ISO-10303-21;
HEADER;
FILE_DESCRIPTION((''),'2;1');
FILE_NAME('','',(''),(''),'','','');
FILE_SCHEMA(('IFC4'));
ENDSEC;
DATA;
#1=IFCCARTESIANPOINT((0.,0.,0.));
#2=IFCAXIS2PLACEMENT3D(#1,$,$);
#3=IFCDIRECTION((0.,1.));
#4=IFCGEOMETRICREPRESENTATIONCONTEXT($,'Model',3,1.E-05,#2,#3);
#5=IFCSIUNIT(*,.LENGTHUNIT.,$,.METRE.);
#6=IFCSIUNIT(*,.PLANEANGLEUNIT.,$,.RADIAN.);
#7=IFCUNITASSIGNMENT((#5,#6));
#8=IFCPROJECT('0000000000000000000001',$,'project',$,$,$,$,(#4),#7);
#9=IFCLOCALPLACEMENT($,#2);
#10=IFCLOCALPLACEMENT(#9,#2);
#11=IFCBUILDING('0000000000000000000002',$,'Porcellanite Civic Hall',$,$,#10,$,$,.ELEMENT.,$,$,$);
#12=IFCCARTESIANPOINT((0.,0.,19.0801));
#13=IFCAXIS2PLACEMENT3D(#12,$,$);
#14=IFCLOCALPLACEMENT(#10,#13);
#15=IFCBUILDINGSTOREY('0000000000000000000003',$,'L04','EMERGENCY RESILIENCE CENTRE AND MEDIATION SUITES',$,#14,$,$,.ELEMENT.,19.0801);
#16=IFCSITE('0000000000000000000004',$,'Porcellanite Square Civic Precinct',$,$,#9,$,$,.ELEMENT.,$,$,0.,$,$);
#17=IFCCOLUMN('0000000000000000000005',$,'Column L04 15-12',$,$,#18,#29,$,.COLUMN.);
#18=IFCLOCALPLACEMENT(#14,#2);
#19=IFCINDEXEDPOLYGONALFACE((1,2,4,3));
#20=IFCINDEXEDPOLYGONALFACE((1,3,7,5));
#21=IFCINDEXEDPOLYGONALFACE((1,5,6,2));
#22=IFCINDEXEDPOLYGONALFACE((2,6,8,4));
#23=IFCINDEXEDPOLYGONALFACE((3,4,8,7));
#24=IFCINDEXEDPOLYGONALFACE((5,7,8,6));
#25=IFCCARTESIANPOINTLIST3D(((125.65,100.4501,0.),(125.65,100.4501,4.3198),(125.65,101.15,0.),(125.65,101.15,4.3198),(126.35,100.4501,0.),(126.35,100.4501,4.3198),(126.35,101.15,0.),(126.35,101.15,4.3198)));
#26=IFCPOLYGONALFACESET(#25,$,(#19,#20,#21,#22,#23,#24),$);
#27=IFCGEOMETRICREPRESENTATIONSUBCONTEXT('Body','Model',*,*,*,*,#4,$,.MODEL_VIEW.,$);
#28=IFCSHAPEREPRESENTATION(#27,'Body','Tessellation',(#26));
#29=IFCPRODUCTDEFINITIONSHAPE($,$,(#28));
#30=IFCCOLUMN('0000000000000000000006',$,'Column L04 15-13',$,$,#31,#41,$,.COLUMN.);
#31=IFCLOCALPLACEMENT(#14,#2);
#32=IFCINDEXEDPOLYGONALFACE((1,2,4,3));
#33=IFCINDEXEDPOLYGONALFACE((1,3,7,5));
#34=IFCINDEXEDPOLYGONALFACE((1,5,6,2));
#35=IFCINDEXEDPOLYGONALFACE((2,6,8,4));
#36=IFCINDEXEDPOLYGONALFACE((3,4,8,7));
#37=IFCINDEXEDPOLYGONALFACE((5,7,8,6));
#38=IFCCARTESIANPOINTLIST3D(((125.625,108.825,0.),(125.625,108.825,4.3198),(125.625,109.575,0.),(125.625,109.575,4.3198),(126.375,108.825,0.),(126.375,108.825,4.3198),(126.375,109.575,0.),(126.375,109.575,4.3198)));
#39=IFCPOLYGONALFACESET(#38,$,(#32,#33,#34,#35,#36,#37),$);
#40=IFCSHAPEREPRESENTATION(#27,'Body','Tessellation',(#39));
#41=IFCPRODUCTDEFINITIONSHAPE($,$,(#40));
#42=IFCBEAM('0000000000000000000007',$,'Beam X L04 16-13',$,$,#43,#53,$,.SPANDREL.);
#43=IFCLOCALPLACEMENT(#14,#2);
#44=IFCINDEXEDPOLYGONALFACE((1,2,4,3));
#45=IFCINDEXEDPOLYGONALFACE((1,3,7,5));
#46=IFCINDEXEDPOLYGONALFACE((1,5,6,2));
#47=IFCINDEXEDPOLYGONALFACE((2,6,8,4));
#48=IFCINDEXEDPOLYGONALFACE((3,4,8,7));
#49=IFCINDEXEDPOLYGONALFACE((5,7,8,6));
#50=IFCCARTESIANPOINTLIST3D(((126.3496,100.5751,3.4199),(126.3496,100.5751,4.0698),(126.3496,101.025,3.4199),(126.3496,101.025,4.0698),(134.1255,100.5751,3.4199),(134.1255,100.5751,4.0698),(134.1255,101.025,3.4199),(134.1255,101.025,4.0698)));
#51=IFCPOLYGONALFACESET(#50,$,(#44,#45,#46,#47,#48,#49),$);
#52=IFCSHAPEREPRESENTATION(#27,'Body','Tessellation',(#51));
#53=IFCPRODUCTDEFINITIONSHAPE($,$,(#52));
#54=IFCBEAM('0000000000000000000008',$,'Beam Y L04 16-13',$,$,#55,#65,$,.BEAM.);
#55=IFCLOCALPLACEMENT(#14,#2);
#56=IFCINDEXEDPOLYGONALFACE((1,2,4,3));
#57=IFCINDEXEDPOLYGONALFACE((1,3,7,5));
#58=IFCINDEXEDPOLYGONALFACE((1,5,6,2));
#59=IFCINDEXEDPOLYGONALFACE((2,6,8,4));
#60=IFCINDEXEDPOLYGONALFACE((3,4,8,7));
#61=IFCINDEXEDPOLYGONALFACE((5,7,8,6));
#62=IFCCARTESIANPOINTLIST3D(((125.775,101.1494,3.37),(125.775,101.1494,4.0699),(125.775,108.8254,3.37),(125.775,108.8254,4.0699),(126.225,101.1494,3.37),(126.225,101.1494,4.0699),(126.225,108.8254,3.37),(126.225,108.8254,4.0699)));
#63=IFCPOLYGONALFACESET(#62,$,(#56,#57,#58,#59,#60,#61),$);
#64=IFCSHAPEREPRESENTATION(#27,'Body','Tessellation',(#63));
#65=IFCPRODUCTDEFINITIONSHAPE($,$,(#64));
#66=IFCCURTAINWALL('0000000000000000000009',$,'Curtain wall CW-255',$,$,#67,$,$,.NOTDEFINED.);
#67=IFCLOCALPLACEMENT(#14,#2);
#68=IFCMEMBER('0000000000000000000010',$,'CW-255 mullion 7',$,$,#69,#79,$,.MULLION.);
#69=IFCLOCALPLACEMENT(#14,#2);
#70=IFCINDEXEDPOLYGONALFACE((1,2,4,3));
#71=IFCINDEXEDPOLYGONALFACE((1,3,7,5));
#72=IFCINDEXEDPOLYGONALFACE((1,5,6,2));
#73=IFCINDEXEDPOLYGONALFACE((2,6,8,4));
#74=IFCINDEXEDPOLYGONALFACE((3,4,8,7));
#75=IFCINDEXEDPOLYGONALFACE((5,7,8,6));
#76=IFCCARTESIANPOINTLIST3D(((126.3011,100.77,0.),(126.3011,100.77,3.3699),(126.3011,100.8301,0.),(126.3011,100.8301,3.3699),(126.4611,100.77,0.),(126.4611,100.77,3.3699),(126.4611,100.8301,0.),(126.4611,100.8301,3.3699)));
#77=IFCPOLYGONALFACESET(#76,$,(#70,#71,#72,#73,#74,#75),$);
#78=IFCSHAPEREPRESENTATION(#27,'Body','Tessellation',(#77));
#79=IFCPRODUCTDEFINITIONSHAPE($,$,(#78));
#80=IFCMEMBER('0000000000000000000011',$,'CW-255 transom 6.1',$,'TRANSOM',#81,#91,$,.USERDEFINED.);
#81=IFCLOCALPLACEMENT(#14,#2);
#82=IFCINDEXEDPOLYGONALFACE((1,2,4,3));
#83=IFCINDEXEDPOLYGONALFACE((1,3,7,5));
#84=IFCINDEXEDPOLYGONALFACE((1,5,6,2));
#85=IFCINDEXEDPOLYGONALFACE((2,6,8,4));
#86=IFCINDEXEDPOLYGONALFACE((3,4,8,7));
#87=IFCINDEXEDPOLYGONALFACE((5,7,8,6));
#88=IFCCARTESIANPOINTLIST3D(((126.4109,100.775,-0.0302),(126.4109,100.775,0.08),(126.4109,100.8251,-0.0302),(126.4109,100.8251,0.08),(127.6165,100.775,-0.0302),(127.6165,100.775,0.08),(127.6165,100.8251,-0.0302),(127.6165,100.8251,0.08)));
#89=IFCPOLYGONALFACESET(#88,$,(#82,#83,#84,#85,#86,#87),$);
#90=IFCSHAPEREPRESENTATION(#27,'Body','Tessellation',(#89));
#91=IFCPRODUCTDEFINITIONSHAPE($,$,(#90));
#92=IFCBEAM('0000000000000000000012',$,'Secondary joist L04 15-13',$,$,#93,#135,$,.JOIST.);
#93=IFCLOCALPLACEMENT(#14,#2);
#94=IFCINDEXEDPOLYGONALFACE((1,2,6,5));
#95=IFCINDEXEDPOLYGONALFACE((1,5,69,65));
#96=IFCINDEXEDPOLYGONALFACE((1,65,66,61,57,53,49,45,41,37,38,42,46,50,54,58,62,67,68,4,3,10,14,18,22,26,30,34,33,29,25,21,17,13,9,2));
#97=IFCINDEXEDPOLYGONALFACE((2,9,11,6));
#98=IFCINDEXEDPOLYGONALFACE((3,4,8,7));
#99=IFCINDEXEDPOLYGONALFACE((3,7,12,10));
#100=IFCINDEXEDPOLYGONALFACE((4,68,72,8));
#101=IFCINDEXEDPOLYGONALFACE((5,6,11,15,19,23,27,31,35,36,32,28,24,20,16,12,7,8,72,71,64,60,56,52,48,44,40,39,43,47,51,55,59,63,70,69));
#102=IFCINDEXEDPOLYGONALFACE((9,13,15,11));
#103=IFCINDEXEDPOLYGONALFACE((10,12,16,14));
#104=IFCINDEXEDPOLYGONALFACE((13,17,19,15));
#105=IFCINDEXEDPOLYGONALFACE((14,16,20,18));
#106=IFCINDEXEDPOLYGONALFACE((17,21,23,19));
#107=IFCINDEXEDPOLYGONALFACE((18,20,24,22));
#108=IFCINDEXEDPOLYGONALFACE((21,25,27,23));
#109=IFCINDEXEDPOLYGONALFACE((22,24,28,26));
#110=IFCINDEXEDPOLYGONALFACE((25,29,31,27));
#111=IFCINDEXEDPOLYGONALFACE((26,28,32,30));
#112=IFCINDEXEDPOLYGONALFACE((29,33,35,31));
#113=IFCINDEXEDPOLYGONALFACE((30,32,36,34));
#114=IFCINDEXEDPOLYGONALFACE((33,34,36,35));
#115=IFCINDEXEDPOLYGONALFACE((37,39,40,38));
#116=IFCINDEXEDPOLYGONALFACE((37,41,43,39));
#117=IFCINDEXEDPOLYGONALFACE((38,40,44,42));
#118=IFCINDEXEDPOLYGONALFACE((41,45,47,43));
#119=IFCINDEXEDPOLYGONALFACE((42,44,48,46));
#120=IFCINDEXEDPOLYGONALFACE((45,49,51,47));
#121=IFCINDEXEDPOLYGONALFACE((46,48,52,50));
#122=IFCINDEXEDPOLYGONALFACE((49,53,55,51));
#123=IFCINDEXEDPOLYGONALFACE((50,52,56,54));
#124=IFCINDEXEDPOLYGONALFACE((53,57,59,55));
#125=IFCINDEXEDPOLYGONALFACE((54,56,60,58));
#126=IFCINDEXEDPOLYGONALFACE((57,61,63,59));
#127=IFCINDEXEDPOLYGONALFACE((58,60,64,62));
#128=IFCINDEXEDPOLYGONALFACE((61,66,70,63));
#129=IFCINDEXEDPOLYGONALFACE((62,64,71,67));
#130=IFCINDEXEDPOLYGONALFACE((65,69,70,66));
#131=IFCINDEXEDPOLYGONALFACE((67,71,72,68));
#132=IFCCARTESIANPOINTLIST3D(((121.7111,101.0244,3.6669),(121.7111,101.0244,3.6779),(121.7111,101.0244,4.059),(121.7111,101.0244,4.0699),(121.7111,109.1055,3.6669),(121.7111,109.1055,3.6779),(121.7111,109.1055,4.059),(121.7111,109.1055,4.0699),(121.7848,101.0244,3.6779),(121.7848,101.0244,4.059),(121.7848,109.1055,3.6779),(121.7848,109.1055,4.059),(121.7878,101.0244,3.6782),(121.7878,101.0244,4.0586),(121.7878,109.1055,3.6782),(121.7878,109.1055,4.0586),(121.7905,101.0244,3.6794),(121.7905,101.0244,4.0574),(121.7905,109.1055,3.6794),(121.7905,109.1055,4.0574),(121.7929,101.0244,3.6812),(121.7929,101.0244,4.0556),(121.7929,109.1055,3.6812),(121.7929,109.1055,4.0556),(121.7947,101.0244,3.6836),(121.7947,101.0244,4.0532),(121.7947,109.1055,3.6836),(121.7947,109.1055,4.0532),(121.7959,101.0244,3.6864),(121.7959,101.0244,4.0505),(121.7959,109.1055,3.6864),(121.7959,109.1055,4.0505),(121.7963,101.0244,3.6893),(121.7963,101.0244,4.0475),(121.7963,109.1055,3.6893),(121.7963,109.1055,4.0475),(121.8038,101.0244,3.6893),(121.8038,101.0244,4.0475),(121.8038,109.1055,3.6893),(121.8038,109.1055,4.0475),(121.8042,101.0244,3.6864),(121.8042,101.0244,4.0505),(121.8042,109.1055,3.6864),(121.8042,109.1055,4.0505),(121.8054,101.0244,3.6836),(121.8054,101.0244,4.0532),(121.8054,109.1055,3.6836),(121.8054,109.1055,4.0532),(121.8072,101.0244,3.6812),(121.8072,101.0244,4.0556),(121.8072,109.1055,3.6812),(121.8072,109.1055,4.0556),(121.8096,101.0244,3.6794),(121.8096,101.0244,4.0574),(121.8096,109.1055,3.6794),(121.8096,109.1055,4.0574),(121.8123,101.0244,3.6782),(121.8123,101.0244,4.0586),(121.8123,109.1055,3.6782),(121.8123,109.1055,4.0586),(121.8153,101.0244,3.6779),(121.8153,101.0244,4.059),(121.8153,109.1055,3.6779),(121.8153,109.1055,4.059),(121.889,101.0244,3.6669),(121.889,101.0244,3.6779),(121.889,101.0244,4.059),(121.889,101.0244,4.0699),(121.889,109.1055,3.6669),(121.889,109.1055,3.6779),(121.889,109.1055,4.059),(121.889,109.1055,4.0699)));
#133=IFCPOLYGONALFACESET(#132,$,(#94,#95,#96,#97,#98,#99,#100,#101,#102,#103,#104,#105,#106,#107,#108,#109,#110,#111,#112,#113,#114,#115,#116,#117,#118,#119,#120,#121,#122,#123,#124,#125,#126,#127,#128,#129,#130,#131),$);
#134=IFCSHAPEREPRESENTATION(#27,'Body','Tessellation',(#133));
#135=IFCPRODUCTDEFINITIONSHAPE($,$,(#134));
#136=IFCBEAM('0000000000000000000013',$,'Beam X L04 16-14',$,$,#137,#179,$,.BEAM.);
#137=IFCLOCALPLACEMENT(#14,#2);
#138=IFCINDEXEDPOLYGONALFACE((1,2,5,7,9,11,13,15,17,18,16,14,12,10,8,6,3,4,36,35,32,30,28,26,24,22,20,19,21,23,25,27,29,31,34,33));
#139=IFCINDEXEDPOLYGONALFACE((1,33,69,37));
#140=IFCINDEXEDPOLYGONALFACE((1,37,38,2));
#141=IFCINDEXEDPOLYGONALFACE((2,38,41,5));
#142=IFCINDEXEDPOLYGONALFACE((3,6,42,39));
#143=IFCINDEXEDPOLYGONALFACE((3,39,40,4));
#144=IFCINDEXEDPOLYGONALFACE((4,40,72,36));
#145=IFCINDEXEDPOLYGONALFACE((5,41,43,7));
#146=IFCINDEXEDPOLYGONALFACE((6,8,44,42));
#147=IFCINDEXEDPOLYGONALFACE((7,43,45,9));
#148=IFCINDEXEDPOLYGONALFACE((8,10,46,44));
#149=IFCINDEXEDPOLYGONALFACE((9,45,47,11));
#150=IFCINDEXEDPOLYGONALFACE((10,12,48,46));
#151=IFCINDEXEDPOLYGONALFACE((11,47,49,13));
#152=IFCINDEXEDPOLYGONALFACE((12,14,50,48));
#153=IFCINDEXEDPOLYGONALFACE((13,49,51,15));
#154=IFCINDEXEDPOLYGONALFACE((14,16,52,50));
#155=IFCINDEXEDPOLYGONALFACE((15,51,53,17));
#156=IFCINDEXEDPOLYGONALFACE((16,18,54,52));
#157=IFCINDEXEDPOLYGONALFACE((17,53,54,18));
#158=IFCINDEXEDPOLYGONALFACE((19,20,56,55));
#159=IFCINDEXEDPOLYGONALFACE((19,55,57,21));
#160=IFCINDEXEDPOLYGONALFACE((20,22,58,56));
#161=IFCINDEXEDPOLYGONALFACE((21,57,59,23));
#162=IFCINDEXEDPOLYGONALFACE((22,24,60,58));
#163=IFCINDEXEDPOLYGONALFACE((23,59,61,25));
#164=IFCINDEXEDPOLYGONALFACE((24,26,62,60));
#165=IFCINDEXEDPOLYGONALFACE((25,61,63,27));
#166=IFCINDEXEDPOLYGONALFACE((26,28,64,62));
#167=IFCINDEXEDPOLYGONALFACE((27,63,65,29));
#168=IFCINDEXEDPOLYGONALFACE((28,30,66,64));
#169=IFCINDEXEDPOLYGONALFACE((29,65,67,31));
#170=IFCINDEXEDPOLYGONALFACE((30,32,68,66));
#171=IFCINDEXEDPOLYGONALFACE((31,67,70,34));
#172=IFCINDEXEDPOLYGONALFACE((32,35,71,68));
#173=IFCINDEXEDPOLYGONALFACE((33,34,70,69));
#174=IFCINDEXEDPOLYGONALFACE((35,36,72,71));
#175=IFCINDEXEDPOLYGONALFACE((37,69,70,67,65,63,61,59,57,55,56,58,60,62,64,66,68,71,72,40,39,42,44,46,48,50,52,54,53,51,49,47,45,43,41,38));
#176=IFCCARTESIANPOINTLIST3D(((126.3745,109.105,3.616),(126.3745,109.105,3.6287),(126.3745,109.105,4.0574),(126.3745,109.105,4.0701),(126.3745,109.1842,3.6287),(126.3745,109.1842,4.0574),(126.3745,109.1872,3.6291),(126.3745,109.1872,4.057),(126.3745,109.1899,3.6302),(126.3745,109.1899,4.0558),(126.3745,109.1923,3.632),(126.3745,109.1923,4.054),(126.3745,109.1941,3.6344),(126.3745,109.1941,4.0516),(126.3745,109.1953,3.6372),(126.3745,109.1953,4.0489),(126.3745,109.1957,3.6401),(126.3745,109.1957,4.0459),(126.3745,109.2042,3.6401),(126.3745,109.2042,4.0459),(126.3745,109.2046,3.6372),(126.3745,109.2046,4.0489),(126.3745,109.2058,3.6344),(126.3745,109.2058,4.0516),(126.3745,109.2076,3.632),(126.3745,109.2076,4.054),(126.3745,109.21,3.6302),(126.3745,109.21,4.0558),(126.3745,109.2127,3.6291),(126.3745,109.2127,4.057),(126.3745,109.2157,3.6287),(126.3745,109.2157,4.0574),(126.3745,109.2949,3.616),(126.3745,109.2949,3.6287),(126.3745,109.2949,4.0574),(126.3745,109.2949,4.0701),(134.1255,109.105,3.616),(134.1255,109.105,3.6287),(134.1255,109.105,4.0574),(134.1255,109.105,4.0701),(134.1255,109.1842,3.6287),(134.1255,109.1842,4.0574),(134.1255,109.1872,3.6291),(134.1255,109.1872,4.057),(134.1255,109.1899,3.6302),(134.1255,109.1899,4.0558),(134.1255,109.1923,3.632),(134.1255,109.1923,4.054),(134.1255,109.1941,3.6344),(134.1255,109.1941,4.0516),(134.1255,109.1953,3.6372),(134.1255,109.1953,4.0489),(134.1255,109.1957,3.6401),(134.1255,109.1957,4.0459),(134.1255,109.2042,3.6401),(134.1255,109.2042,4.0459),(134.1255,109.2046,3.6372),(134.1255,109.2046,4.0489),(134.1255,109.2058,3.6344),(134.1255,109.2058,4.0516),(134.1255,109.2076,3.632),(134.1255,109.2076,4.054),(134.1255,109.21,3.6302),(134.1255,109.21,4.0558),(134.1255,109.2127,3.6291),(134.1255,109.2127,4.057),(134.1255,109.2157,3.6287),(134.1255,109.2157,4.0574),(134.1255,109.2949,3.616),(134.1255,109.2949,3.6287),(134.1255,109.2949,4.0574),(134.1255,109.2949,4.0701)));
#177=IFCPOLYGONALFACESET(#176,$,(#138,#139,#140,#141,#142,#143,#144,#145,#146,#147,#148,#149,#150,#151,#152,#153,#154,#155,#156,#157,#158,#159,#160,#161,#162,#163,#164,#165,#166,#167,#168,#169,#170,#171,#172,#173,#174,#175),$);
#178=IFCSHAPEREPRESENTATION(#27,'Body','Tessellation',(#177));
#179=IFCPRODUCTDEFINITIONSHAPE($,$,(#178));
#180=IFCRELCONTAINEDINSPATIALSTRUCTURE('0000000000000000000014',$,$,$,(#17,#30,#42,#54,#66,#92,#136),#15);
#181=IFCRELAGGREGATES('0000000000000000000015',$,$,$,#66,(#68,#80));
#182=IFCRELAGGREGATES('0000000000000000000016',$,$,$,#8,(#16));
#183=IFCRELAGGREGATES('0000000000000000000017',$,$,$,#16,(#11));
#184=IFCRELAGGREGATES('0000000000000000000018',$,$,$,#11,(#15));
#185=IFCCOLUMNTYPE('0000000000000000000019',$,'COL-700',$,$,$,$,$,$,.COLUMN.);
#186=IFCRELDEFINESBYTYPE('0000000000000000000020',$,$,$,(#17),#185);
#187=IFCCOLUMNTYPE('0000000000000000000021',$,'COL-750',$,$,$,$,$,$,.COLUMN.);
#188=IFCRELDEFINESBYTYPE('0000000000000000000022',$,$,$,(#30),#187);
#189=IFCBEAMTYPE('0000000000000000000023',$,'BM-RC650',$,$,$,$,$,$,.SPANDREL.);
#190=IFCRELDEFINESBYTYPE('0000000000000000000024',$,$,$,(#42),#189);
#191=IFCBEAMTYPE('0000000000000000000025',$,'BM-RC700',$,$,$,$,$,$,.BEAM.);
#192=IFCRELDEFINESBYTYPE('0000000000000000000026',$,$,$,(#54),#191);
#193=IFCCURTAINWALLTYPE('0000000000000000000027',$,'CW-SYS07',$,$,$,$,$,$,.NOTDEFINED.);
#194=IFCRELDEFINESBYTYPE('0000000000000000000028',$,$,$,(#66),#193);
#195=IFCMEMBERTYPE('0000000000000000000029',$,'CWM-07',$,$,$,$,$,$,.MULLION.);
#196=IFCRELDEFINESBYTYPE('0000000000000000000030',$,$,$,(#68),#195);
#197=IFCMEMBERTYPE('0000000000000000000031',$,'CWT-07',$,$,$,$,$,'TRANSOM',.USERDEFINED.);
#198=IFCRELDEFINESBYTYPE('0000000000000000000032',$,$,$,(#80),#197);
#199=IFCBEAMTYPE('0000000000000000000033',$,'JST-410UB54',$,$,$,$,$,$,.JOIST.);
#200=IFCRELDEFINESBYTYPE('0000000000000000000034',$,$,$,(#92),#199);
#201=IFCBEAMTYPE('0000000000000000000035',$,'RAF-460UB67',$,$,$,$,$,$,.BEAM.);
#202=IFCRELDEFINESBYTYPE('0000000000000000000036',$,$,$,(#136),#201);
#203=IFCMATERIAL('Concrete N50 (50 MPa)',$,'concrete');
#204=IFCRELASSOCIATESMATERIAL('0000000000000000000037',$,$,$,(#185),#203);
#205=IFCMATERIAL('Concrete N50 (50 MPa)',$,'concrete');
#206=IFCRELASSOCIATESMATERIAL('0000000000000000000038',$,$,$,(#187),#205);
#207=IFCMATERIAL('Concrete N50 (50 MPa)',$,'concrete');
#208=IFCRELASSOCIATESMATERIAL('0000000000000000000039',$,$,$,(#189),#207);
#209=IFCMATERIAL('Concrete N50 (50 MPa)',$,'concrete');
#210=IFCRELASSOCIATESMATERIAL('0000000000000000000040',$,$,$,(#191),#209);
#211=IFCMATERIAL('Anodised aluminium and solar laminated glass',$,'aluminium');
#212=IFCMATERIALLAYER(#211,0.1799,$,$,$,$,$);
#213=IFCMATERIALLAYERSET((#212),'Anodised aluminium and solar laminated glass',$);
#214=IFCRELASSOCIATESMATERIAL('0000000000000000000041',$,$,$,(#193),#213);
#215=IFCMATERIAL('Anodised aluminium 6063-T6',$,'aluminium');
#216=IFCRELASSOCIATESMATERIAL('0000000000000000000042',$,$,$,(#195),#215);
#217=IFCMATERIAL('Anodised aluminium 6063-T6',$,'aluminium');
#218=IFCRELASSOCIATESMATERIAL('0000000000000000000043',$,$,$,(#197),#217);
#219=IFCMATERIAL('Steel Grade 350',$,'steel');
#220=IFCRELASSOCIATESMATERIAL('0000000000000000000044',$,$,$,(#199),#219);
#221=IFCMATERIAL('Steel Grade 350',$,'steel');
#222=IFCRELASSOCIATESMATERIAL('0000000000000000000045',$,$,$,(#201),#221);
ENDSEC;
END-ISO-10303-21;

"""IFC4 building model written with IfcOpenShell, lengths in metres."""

from ifc_helpers import new_model, si_unit, direction, frame, origin, origin_2d, place, context, subcontext, project, spatial, rectangle, i_section, extrude, material, layer, layer_set, material_profile, profile_set, type_object, element, aggregate, save


model = new_model("IFC4")

# Units and contexts
model_context = context("Model", 3, precision=1e-05, world=origin(), true_north=direction((0.0, 1.0)))
body_context = subcontext(model_context, "Body", "Model", "MODEL_VIEW")
ifc_project = project(units=[si_unit("LENGTHUNIT", "METRE"), si_unit("PLANEANGLEUNIT", "RADIAN")], contexts=[model_context])

# Site, building, storey
site_placement = place(None, origin())
site = spatial("IfcSite", under=ifc_project, at=site_placement, Name="Porcellanite Square Civic Precinct", CompositionType="ELEMENT", RefElevation=0.0)
building_placement = place(site_placement, origin())
building = spatial("IfcBuilding", under=site, at=building_placement, Name="Porcellanite Civic Hall", CompositionType="ELEMENT")
storey_placement = place(building_placement, frame((0.0, 0.0, 19.0801)))
storey = spatial("IfcBuildingStorey", under=building, at=storey_placement, Name="L04", Description="EMERGENCY RESILIENCE CENTRE AND MEDIATION SUITES", CompositionType="ELEMENT", Elevation=19.0801)

# Columns
ifc_material_1 = material(Name="Concrete N50 (50 MPa)", Category="concrete")
ifc_material_profile_1 = material_profile(ifc_material_1, rectangle(XDim=0.7, YDim=0.7, at=origin_2d()), Name="RC-700x700")
ifc_profile_set_1 = profile_set([ifc_material_profile_1], Name="Concrete N50 (50 MPa)")
column_type_1 = type_object("IfcColumnType", Name="COL-700", PredefinedType="COLUMN", material=ifc_profile_set_1)
column_1_placement = place(storey_placement, frame((126.0, 100.8, 0.0), z_axis=(0.0, 0.0, 1.0), x_axis=(1.0, 0.0, 0.0)))
element("IfcColumn", 1, at=column_1_placement, inside=storey, type_object=column_type_1, Name="Column L04 15-12", PredefinedType="COLUMN", context=body_context, shape_type="SweptSolid", body=[
    extrude(rectangle(XDim=0.7, YDim=0.7, at=origin_2d()), origin(), (0.0, 0.0, 1.0), 4.3198),
])
ifc_material_2 = material(Name="Concrete N50 (50 MPa)", Category="concrete")
ifc_material_profile_2 = material_profile(ifc_material_2, rectangle(XDim=0.75, YDim=0.75, at=origin_2d()), Name="RC-750x750")
ifc_profile_set_2 = profile_set([ifc_material_profile_2], Name="Concrete N50 (50 MPa)")
column_type_2 = type_object("IfcColumnType", Name="COL-750", PredefinedType="COLUMN", material=ifc_profile_set_2)
column_2_placement = place(storey_placement, frame((126.0, 109.2, 0.0), z_axis=(0.0, 0.0, 1.0), x_axis=(1.0, 0.0, 0.0)))
element("IfcColumn", 2, at=column_2_placement, inside=storey, type_object=column_type_2, Name="Column L04 15-13", PredefinedType="COLUMN", context=body_context, shape_type="SweptSolid", body=[
    extrude(rectangle(XDim=0.75, YDim=0.75, at=origin_2d()), origin(), (0.0, 0.0, 1.0), 4.3198),
])

# Beams
ifc_material_3 = material(Name="Concrete N50 (50 MPa)", Category="concrete")
ifc_material_profile_3 = material_profile(ifc_material_3, rectangle(XDim=0.45, YDim=0.6499, at=origin_2d()), Name="RC-450x650")
ifc_profile_set_3 = profile_set([ifc_material_profile_3], Name="Concrete N50 (50 MPa)")
beam_type_1 = type_object("IfcBeamType", Name="BM-RC650", PredefinedType="SPANDREL", material=ifc_profile_set_3)
beam_1_placement = place(storey_placement, frame((126.3496, 100.8, 3.7449), z_axis=(1.0, 0.0, 0.0), x_axis=(0.0, 1.0, 0.0)))
element("IfcBeam", 3, at=beam_1_placement, inside=storey, type_object=beam_type_1, Name="Beam X L04 16-13", PredefinedType="SPANDREL", context=body_context, shape_type="SweptSolid", body=[
    extrude(rectangle(XDim=0.45, YDim=0.6499, at=origin_2d()), origin(), (0.0, 0.0, 1.0), 7.7759),
])
ifc_material_4 = material(Name="Concrete N50 (50 MPa)", Category="concrete")
ifc_material_profile_4 = material_profile(ifc_material_4, rectangle(XDim=0.45, YDim=0.7, at=origin_2d()), Name="RC-450x700")
ifc_profile_set_4 = profile_set([ifc_material_profile_4], Name="Concrete N50 (50 MPa)")
beam_type_2 = type_object("IfcBeamType", Name="BM-RC700", PredefinedType="BEAM", material=ifc_profile_set_4)
beam_2_placement = place(storey_placement, frame((126.0, 101.1494, 3.72), z_axis=(0.0, 1.0, 0.0), x_axis=(-1.0, 0.0, 0.0)))
element("IfcBeam", 4, at=beam_2_placement, inside=storey, type_object=beam_type_2, Name="Beam Y L04 16-13", PredefinedType="BEAM", context=body_context, shape_type="SweptSolid", body=[
    extrude(rectangle(XDim=0.45, YDim=0.7, at=origin_2d()), origin(), (0.0, 0.0, 1.0), 7.676),
])

# Curtain wall, members
ifc_material_5 = material(Name="Anodised aluminium and solar laminated glass", Category="aluminium")
ifc_layer_1 = layer(ifc_material_5, 0.1799)
ifc_layer_set_1 = layer_set([ifc_layer_1], Name="Anodised aluminium and solar laminated glass")
curtain_wall_type = type_object("IfcCurtainWallType", Name="CW-SYS07", PredefinedType="NOTDEFINED", material=ifc_layer_set_1)
curtain_wall_placement = place(storey_placement, origin())
curtain_wall = element("IfcCurtainWall", 5, at=curtain_wall_placement, inside=storey, type_object=curtain_wall_type, Name="Curtain wall CW-255", PredefinedType="NOTDEFINED")
ifc_material_6 = material(Name="Anodised aluminium 6063-T6", Category="aluminium")
ifc_material_profile_5 = material_profile(ifc_material_6, rectangle(XDim=0.0601, YDim=0.1599, at=origin_2d()), Name="AL-60x160")
ifc_profile_set_5 = profile_set([ifc_material_profile_5], Name="Anodised aluminium 6063-T6")
member_type_1 = type_object("IfcMemberType", Name="CWM-07", PredefinedType="MULLION", material=ifc_profile_set_5)
member_1_placement = place(storey_placement, frame((126.3811, 100.8, 0.0), z_axis=(0.0, 0.0, 1.0), x_axis=(0.0, -1.0, 0.0)))
member_1 = element("IfcMember", 6, at=member_1_placement, type_object=member_type_1, Name="CW-255 mullion 7", PredefinedType="MULLION", context=body_context, shape_type="SweptSolid", body=[
    extrude(rectangle(XDim=0.0601, YDim=0.1599, at=origin_2d()), origin(), (0.0, 0.0, 1.0), 3.3699),
])
ifc_material_7 = material(Name="Anodised aluminium 6063-T6", Category="aluminium")
ifc_material_profile_6 = material_profile(ifc_material_7, rectangle(XDim=0.05, YDim=0.1101, at=origin_2d()), Name="AL-50x110")
ifc_profile_set_6 = profile_set([ifc_material_profile_6], Name="Anodised aluminium 6063-T6")
member_type_2 = type_object("IfcMemberType", Name="CWT-07", ElementType="TRANSOM", PredefinedType="USERDEFINED", material=ifc_profile_set_6)
member_2_placement = place(storey_placement, frame((127.6165, 100.8, 0.0249), z_axis=(-1.0, 0.0, 0.0), x_axis=(0.0, -1.0, 0.0)))
member_2 = element("IfcMember", 7, at=member_2_placement, type_object=member_type_2, Name="CW-255 transom 6.1", ObjectType="TRANSOM", PredefinedType="USERDEFINED", context=body_context, shape_type="SweptSolid", body=[
    extrude(rectangle(XDim=0.05, YDim=0.1101, at=origin_2d()), origin(), (0.0, 0.0, 1.0), 1.2056),
])

# Beams
ifc_material_8 = material(Name="Steel Grade 350", Category="steel")
ifc_material_profile_7 = material_profile(ifc_material_8, i_section(OverallWidth=0.178, OverallDepth=0.4031, WebThickness=0.0076, FlangeThickness=0.011, FilletRadius=0.0115, at=origin_2d()), Name="410UB53.7")
ifc_profile_set_7 = profile_set([ifc_material_profile_7], Name="Steel Grade 350")
beam_type_3 = type_object("IfcBeamType", Name="JST-410UB54", PredefinedType="JOIST", material=ifc_profile_set_7)
beam_3_placement = place(storey_placement, frame((121.8, 101.0244, 3.8684), z_axis=(0.0, 1.0, 0.0), x_axis=(-1.0, 0.0, 0.0)))
element("IfcBeam", 8, at=beam_3_placement, inside=storey, type_object=beam_type_3, Name="Secondary joist L04 15-13", PredefinedType="JOIST", context=body_context, shape_type="SweptSolid", body=[
    extrude(i_section(OverallWidth=0.178, OverallDepth=0.4031, WebThickness=0.0076, FlangeThickness=0.011, FilletRadius=0.0115, at=origin_2d()), origin(), (0.0, 0.0, 1.0), 8.0811),
])
ifc_material_9 = material(Name="Steel Grade 350", Category="steel")
ifc_material_profile_8 = material_profile(ifc_material_9, i_section(OverallWidth=0.1899, OverallDepth=0.4541, WebThickness=0.0085, FlangeThickness=0.0127, FilletRadius=0.0115, at=origin_2d()), Name="460UB67.1")
ifc_profile_set_8 = profile_set([ifc_material_profile_8], Name="Steel Grade 350")
beam_type_4 = type_object("IfcBeamType", Name="RAF-460UB67", PredefinedType="BEAM", material=ifc_profile_set_8)
beam_4_placement = place(storey_placement, frame((126.3745, 109.2, 3.843), z_axis=(1.0, 0.0, 0.0), x_axis=(0.0, 1.0, 0.0)))
element("IfcBeam", 9, at=beam_4_placement, inside=storey, type_object=beam_type_4, Name="Beam X L04 16-14", PredefinedType="BEAM", context=body_context, shape_type="SweptSolid", body=[
    extrude(i_section(OverallWidth=0.1899, OverallDepth=0.4541, WebThickness=0.0085, FlangeThickness=0.0127, FilletRadius=0.0115, at=origin_2d()), origin(), (0.0, 0.0, 1.0), 7.751),
])

aggregate(curtain_wall, [member_1, member_2])

save(model, "model.ifc")
